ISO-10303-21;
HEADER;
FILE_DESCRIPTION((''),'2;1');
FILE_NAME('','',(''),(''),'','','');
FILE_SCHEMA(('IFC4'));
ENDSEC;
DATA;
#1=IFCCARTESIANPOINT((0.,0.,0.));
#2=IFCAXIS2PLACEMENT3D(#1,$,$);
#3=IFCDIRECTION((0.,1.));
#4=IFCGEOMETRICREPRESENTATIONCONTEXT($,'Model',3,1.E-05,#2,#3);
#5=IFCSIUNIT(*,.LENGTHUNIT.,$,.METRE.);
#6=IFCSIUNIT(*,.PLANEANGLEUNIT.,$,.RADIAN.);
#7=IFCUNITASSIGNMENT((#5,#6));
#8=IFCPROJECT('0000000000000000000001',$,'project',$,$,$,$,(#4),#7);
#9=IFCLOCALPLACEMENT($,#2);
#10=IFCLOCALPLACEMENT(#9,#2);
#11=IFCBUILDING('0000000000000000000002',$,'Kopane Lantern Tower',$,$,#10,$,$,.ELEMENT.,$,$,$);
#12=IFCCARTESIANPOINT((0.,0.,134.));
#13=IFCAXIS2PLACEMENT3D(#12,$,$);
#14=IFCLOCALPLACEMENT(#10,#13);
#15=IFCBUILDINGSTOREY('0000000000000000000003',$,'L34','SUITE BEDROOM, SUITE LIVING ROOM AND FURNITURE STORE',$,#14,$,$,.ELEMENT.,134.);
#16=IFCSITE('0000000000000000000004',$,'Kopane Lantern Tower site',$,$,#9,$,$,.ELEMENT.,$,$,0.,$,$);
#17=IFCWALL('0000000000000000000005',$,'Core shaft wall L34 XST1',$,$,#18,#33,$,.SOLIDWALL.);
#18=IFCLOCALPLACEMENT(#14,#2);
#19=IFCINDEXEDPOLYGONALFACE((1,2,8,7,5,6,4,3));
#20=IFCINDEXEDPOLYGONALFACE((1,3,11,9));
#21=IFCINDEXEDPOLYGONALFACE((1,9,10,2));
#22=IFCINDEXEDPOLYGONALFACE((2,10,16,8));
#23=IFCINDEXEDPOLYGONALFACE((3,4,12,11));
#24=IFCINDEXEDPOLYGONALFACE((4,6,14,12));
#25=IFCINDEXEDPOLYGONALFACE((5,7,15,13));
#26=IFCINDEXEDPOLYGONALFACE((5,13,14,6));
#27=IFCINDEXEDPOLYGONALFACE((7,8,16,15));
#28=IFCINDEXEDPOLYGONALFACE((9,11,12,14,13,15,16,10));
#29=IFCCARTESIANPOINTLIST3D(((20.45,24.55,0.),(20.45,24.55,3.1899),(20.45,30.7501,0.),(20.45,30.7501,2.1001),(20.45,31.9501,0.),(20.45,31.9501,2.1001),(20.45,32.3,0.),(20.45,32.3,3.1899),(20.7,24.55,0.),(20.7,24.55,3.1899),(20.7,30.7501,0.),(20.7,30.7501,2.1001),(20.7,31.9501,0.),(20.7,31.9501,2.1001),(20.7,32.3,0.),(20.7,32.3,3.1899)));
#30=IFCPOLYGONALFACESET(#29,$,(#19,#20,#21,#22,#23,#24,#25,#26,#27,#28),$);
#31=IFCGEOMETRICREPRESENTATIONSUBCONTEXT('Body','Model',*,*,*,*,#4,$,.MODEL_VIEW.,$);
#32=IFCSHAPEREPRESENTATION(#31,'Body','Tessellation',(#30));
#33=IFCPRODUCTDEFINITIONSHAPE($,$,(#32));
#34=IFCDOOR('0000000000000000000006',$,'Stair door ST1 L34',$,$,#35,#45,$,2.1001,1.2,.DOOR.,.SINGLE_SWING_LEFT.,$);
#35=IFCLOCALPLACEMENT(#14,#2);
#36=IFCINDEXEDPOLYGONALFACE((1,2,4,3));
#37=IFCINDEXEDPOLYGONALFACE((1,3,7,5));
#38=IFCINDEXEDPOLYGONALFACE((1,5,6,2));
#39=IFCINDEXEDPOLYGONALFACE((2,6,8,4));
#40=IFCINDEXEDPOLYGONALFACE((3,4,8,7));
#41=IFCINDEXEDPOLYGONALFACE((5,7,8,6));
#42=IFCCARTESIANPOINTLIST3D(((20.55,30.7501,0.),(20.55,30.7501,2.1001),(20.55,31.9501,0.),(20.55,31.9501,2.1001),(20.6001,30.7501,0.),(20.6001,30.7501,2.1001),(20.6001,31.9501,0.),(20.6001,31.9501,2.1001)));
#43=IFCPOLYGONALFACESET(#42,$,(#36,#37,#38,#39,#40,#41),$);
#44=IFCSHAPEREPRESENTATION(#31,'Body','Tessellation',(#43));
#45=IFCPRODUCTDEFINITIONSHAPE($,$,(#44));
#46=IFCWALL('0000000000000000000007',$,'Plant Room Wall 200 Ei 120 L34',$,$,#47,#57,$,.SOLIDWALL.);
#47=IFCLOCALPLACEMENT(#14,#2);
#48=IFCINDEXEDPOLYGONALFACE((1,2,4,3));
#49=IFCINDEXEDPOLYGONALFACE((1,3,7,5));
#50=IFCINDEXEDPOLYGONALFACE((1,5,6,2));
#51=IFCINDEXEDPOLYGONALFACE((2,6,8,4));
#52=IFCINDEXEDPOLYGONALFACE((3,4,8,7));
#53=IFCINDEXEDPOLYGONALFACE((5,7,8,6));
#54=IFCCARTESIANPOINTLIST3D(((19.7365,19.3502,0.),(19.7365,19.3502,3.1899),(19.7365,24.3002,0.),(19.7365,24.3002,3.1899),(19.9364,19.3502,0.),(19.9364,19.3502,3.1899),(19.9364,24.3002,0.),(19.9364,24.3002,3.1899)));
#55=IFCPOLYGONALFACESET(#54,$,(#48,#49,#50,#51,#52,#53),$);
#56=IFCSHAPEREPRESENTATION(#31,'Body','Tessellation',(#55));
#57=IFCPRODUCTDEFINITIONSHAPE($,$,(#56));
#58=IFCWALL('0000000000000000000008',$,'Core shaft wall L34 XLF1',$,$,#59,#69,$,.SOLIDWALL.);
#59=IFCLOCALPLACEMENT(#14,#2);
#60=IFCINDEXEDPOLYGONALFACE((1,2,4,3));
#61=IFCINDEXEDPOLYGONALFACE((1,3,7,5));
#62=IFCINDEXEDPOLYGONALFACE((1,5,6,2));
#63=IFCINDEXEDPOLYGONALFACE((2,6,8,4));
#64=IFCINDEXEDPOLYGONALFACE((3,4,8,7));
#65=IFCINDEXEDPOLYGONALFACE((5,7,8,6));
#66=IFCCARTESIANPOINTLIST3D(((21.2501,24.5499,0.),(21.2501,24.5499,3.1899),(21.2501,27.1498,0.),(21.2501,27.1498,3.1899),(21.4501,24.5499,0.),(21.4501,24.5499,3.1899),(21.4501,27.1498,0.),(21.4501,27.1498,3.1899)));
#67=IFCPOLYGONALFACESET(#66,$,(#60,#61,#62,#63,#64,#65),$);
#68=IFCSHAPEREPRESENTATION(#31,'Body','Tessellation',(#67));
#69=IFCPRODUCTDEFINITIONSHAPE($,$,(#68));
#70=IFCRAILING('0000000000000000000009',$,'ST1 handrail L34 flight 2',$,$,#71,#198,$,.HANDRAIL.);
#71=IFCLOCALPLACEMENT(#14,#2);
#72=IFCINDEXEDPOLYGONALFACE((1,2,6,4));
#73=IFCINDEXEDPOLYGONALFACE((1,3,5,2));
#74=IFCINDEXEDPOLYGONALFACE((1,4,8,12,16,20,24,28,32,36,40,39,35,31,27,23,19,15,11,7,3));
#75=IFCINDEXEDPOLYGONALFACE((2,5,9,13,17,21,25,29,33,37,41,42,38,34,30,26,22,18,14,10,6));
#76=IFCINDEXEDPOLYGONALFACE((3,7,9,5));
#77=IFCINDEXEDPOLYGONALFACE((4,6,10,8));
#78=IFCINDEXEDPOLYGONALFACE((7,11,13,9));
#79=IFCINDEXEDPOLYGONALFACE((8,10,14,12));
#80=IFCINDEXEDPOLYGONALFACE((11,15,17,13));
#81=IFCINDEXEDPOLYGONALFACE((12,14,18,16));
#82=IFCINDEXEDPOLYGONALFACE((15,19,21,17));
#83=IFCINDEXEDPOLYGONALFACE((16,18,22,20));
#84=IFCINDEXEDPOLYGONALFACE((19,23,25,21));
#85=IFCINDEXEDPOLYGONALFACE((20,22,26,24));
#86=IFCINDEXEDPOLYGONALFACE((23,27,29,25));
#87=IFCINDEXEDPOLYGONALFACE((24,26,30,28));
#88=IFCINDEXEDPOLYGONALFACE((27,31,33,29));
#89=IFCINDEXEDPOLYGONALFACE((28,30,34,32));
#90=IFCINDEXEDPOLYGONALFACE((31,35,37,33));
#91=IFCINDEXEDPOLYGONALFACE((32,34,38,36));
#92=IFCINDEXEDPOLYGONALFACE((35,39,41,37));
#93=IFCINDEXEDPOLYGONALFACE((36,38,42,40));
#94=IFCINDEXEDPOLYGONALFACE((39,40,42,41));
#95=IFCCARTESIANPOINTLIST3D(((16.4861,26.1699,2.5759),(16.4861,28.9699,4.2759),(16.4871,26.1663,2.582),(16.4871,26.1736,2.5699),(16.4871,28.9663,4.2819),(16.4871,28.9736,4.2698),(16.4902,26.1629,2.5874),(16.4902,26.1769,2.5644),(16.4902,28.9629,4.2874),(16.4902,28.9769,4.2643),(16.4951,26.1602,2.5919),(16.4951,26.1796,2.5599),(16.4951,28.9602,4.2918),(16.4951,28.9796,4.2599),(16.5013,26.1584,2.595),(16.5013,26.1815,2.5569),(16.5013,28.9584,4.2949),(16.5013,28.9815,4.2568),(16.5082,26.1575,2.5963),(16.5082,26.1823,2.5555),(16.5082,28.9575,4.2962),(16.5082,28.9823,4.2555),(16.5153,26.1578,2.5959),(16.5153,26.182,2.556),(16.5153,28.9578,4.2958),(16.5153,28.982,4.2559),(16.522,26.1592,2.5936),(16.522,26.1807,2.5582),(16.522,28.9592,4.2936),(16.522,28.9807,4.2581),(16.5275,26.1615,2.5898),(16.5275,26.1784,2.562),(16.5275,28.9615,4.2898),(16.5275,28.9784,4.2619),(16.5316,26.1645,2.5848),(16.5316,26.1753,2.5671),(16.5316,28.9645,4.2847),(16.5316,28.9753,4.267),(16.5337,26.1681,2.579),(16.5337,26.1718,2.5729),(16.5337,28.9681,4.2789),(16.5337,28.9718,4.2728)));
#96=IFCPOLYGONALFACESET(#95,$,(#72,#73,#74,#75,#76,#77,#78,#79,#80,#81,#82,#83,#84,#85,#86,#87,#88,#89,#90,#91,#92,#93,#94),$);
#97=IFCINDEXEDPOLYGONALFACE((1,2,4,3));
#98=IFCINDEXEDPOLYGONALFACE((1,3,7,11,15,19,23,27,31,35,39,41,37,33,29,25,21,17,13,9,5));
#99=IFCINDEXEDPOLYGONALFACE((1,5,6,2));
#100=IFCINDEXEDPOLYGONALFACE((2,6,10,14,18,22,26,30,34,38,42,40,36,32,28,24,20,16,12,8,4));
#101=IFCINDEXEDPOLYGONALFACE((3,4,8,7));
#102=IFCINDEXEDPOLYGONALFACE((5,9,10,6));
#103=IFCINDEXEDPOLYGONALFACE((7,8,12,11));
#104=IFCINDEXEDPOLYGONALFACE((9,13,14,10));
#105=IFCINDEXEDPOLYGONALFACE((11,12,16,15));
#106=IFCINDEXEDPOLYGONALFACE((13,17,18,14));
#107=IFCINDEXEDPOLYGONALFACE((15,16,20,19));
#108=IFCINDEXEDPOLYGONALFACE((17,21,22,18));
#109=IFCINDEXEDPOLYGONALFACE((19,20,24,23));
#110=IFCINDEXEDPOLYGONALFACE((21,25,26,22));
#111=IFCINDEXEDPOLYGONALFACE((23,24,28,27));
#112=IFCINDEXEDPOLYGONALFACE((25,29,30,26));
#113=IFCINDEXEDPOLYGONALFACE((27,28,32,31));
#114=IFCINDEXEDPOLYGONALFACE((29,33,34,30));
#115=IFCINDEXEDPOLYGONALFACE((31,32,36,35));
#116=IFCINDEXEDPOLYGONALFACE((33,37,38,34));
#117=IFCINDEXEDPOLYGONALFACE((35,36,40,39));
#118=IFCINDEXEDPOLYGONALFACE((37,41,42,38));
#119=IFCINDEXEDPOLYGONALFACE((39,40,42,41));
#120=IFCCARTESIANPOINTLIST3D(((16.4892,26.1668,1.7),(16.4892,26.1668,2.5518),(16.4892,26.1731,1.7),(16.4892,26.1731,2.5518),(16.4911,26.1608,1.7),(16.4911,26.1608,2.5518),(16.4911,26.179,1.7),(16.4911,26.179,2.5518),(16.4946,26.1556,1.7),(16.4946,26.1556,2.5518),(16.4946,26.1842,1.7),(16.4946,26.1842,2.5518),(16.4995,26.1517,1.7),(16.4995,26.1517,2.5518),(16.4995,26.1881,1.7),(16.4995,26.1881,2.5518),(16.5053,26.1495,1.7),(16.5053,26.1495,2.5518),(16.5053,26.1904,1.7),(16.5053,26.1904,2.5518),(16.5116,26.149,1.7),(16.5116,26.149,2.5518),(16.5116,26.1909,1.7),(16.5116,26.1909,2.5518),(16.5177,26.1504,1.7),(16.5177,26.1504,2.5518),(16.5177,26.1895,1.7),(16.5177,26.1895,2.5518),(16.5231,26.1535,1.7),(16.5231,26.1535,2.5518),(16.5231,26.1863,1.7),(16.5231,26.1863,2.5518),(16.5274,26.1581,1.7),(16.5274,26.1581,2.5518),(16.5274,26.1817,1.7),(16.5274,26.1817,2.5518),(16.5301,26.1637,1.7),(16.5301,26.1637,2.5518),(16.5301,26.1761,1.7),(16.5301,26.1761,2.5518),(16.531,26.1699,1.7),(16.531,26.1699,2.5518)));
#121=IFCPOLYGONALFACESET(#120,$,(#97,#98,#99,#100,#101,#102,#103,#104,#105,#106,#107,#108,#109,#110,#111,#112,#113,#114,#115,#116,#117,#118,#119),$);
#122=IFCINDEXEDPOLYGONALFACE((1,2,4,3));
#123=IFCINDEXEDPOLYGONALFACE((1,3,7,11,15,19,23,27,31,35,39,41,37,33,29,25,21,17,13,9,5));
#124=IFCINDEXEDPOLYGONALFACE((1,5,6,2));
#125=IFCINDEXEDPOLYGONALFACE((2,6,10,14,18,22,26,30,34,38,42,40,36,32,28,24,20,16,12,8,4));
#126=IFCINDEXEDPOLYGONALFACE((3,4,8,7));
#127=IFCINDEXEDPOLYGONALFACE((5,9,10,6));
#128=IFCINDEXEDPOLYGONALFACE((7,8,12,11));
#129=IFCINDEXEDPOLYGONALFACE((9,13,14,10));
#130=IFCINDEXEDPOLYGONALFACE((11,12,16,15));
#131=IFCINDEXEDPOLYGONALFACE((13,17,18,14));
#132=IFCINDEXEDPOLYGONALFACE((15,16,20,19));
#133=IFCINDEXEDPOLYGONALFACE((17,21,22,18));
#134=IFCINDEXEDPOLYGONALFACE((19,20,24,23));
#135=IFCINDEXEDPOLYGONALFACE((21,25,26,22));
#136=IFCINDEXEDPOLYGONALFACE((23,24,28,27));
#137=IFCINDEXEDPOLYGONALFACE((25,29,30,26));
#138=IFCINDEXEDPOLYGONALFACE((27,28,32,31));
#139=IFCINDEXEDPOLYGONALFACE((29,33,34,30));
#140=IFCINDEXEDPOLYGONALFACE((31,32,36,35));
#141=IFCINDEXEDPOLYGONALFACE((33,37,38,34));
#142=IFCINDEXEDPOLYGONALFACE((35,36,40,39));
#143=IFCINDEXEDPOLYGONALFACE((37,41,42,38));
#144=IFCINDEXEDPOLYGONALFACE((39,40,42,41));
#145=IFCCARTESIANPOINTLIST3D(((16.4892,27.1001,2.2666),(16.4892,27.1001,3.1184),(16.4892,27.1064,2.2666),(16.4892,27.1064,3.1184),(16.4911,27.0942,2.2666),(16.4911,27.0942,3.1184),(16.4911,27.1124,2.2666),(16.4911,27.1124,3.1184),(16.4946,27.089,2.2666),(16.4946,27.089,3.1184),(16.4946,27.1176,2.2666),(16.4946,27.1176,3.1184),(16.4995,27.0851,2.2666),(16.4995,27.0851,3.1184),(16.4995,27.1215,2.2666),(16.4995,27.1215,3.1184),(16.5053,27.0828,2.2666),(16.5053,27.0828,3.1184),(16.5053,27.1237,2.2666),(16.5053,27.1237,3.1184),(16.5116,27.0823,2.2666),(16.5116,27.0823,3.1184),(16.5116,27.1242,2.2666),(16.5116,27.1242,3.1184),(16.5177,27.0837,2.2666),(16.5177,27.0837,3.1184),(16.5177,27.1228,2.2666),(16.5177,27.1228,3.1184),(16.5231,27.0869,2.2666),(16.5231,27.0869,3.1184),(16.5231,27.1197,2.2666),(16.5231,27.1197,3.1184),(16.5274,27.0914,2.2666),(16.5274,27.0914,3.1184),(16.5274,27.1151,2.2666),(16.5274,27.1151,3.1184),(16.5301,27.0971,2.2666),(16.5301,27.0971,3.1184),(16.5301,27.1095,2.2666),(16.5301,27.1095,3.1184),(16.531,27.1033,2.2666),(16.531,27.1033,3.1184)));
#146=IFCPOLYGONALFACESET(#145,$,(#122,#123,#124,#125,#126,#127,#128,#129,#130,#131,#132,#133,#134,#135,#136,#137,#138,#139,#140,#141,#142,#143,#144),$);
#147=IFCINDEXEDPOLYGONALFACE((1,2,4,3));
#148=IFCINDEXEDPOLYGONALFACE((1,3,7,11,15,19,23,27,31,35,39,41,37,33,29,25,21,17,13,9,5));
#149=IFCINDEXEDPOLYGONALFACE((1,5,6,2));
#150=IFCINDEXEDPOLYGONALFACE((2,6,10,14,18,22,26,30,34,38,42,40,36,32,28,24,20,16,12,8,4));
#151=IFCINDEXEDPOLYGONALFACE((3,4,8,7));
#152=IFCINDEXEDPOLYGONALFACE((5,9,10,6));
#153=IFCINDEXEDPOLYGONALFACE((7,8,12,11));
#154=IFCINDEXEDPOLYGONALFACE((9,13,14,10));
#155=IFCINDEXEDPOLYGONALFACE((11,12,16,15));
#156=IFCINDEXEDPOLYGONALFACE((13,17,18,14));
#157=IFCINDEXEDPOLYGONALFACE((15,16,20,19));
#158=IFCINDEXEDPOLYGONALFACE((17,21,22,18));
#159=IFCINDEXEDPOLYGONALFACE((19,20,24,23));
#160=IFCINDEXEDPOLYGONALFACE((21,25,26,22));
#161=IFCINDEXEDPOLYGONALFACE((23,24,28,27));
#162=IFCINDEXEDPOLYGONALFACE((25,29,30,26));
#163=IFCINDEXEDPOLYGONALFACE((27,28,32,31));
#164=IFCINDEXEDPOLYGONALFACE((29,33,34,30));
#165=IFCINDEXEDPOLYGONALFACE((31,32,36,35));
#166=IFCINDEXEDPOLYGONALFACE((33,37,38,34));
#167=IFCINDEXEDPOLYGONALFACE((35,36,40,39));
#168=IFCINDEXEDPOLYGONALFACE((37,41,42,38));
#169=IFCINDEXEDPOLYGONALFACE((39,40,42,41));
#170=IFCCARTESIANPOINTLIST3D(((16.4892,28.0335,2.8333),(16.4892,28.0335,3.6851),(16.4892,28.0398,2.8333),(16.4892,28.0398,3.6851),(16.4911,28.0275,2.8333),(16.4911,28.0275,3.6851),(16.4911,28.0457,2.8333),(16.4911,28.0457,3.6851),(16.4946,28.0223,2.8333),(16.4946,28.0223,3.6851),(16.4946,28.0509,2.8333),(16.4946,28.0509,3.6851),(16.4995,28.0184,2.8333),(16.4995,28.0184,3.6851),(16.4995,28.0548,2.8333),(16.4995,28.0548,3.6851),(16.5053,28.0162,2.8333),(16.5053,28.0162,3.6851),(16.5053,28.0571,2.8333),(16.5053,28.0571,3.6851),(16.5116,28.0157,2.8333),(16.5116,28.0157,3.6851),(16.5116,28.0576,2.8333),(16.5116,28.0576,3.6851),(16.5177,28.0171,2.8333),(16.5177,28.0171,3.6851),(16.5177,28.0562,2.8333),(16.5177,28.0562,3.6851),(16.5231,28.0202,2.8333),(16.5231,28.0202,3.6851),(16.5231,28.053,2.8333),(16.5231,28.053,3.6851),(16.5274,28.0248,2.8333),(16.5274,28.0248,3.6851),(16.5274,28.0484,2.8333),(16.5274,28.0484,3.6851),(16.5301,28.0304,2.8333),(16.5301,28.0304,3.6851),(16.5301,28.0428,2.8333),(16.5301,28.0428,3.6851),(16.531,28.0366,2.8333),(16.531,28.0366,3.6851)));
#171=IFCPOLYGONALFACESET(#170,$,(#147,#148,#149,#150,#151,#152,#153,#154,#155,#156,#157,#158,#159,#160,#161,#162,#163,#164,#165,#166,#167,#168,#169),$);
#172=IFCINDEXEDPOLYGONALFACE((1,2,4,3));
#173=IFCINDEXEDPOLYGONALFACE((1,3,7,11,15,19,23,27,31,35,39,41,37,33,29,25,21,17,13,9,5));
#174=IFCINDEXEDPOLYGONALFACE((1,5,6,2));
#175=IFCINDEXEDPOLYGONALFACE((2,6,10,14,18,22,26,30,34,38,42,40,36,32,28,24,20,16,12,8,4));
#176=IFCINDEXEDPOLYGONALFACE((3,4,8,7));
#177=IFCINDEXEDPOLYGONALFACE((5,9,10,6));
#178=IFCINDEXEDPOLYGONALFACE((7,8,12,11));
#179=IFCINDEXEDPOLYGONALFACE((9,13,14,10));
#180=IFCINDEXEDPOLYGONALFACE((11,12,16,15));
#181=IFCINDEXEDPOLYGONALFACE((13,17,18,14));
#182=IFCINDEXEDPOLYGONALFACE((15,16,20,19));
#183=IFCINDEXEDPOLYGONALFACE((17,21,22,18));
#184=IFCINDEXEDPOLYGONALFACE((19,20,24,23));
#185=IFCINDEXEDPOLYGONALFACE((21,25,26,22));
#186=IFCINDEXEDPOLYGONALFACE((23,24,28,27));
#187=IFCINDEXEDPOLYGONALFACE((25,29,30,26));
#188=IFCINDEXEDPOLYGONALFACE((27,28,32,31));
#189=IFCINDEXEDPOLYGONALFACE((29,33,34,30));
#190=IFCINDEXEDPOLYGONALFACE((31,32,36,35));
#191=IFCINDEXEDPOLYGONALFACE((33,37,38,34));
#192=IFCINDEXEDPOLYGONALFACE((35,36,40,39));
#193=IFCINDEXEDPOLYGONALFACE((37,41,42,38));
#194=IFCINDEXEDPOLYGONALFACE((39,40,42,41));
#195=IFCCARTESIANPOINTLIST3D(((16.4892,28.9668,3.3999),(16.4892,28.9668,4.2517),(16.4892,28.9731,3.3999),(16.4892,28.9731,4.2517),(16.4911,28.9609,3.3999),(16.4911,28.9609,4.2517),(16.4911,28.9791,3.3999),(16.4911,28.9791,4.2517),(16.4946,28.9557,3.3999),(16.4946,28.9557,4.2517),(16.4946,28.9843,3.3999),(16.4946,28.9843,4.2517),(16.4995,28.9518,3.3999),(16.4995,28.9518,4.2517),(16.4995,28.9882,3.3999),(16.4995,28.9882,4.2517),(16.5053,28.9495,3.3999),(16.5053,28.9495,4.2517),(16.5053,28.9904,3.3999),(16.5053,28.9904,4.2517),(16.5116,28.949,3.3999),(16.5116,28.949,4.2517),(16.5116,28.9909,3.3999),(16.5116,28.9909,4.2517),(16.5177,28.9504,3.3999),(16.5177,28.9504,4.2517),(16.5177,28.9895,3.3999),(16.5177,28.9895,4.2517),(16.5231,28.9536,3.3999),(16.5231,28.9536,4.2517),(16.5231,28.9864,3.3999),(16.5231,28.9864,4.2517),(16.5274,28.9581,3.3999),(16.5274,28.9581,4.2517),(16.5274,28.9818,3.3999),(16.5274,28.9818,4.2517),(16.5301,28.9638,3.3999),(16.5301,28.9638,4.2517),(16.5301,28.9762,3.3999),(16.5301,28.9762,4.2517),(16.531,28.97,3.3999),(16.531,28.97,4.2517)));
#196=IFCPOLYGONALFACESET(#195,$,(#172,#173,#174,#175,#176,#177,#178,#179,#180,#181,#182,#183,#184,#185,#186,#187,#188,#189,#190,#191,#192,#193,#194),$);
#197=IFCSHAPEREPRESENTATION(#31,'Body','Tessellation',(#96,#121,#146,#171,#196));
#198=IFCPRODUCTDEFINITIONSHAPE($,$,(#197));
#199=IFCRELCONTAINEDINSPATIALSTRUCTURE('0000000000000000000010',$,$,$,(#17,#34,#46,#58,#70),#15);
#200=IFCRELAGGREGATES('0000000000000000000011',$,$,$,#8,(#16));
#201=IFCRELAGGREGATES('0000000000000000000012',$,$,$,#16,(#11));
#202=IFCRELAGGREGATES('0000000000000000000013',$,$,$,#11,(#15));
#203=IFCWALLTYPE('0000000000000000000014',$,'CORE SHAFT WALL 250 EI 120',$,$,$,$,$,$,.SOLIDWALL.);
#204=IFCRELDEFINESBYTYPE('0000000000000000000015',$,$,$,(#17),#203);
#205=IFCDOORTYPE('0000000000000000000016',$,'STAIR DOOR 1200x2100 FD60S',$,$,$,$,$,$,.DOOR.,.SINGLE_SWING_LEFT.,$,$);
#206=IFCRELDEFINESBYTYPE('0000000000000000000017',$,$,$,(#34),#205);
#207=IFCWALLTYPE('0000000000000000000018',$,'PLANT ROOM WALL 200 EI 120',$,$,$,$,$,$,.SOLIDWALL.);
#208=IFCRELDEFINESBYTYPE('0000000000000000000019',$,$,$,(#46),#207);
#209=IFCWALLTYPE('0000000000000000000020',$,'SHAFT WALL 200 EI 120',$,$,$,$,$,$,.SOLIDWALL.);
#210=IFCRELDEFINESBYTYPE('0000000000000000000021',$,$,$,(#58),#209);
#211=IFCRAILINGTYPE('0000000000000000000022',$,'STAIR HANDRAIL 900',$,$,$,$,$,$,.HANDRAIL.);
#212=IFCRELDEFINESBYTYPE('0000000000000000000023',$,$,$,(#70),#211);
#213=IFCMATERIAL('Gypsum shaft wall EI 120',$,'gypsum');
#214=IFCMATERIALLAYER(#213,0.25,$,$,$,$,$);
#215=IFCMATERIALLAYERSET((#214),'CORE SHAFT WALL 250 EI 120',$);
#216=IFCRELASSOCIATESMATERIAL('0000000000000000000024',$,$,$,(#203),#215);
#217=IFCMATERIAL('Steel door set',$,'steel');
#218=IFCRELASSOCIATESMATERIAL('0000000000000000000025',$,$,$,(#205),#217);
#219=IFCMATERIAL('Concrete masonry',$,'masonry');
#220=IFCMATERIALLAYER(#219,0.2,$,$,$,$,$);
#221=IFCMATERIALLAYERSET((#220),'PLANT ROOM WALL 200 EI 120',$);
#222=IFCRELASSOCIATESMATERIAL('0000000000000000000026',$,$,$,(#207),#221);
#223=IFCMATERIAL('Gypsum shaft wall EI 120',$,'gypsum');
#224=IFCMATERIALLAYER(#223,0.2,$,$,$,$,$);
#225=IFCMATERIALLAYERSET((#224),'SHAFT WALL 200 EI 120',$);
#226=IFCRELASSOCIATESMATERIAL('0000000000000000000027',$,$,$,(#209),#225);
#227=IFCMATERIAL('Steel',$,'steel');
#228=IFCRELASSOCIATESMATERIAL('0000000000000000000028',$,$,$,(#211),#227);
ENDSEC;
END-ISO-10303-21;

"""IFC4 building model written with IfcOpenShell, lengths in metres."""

from ifc_helpers import new_model, si_unit, direction, frame, frame_2d, origin, origin_2d, place, context, subcontext, project, spatial, rectangle, circle, extrude, material, layer, layer_set, type_object, element, fill, save


model = new_model("IFC4")

# Units and contexts
model_context = context("Model", 3, precision=1e-05, world=origin(), true_north=direction((0.0, 1.0)))
body_context = subcontext(model_context, "Body", "Model", "MODEL_VIEW")
ifc_project = project(units=[si_unit("LENGTHUNIT", "METRE"), si_unit("PLANEANGLEUNIT", "RADIAN")], contexts=[model_context])

# Site, building, storey
site_placement = place(None, origin())
site = spatial("IfcSite", under=ifc_project, at=site_placement, Name="Kopane Lantern Tower site", CompositionType="ELEMENT", RefElevation=0.0)
building_placement = place(site_placement, origin())
building = spatial("IfcBuilding", under=site, at=building_placement, Name="Kopane Lantern Tower", CompositionType="ELEMENT")
storey_placement = place(building_placement, frame((0.0, 0.0, 134.0)))
storey = spatial("IfcBuildingStorey", under=building, at=storey_placement, Name="L34", Description="SUITE BEDROOM, SUITE LIVING ROOM AND FURNITURE STORE", CompositionType="ELEMENT", Elevation=134.0)

# Wall, opening, door
ifc_material_1 = material(Name="Gypsum shaft wall EI 120", Category="gypsum")
ifc_layer_1 = layer(ifc_material_1, 0.25)
ifc_layer_set_1 = layer_set([ifc_layer_1], Name="CORE SHAFT WALL 250 EI 120")
wall_type_1 = type_object("IfcWallType", Name="CORE SHAFT WALL 250 EI 120", PredefinedType="SOLIDWALL", material=ifc_layer_set_1)
wall_1_placement = place(storey_placement, frame((20.575, 24.55, 0.0), z_axis=(0.0, 0.0, 1.0), x_axis=(0.0, 1.0, 0.0)))
wall_1 = element("IfcWall", 1, at=wall_1_placement, inside=storey, type_object=wall_type_1, Name="Core shaft wall L34 XST1", PredefinedType="SOLIDWALL", context=body_context, shape_type="SweptSolid", body=[
    extrude(rectangle(XDim=7.75, YDim=0.25, at=frame_2d((3.875, 0.0))), origin(), (0.0, 0.0, 1.0), 3.1899),
])
opening_1_placement = place(wall_1_placement, frame((6.2, 0.0, 0.0)))
opening_1 = element("IfcOpeningElement", 2, at=opening_1_placement, cuts=wall_1, PredefinedType="OPENING", context=body_context, shape_type="SweptSolid", body=[
    extrude(rectangle(XDim=1.2, YDim=2.1001, at=frame_2d((0.6001, 1.05))), frame((0.0, 0.135, 0.0), z_axis=(0.0, -1.0, 0.0), x_axis=(1.0, 0.0, 0.0)), (0.0, 0.0, 1.0), 0.27),
])
ifc_material_2 = material(Name="Steel door set", Category="steel")
door_type_1 = type_object("IfcDoorType", Name="STAIR DOOR 1200x2100 FD60S", OperationType="SINGLE_SWING_LEFT", PredefinedType="DOOR", material=ifc_material_2)
door_1_placement = place(opening_1_placement, origin())
door_1 = element("IfcDoor", 3, at=door_1_placement, inside=storey, type_object=door_type_1, Name="Stair door ST1 L34", OperationType="SINGLE_SWING_LEFT", OverallHeight=2.1001, OverallWidth=1.2, PredefinedType="DOOR", context=body_context, shape_type="SweptSolid", body=[
    extrude(rectangle(XDim=1.2, YDim=2.1001, at=frame_2d((0.6001, 1.05))), frame((0.0, 0.0249, 0.0), z_axis=(0.0, -1.0, 0.0), x_axis=(1.0, 0.0, 0.0)), (0.0, 0.0, 1.0), 0.05),
])
fill(opening_1, door_1)

# Walls
ifc_material_3 = material(Name="Concrete masonry", Category="masonry")
ifc_layer_2 = layer(ifc_material_3, 0.2)
ifc_layer_set_2 = layer_set([ifc_layer_2], Name="PLANT ROOM WALL 200 EI 120")
wall_type_2 = type_object("IfcWallType", Name="PLANT ROOM WALL 200 EI 120", PredefinedType="SOLIDWALL", material=ifc_layer_set_2)
wall_2_placement = place(storey_placement, frame((19.8364, 19.3501, 0.0), z_axis=(0.0, 0.0, 1.0), x_axis=(0.0, 1.0, 0.0)))
element("IfcWall", 4, at=wall_2_placement, inside=storey, type_object=wall_type_2, Name="Plant Room Wall 200 Ei 120 L34", PredefinedType="SOLIDWALL", context=body_context, shape_type="SweptSolid", body=[
    extrude(rectangle(XDim=4.95, YDim=0.2, at=frame_2d((2.4751, 0.0))), origin(), (0.0, 0.0, 1.0), 3.1899),
])
ifc_material_4 = material(Name="Gypsum shaft wall EI 120", Category="gypsum")
ifc_layer_3 = layer(ifc_material_4, 0.2)
ifc_layer_set_3 = layer_set([ifc_layer_3], Name="SHAFT WALL 200 EI 120")
wall_type_3 = type_object("IfcWallType", Name="SHAFT WALL 200 EI 120", PredefinedType="SOLIDWALL", material=ifc_layer_set_3)
wall_3_placement = place(storey_placement, frame((21.3501, 24.55, 0.0), z_axis=(0.0, 0.0, 1.0), x_axis=(0.0, 1.0, 0.0)))
element("IfcWall", 5, at=wall_3_placement, inside=storey, type_object=wall_type_3, Name="Core shaft wall L34 XLF1", PredefinedType="SOLIDWALL", context=body_context, shape_type="SweptSolid", body=[
    extrude(rectangle(XDim=2.5999, YDim=0.2, at=frame_2d((1.2998, 0.0))), origin(), (0.0, 0.0, 1.0), 3.1899),
])

# Railing
ifc_material_5 = material(Name="Steel", Category="steel")
railing_type_1 = type_object("IfcRailingType", Name="STAIR HANDRAIL 900", PredefinedType="HANDRAIL", material=ifc_material_5)
for number, where, name in (
    (6, (16.51, 26.1699, 1.7), "ST1 handrail L34 flight 2"),
):
    element("IfcRailing", number, at=place(storey_placement, frame(where)), inside=storey, type_object=railing_type_1, Name=name, PredefinedType="HANDRAIL", context=body_context, shape_type="SweptSolid", body=[
        extrude(circle(Radius=0.0239, at=origin_2d()), frame((0.0, 0.0, 0.876), z_axis=(0.0, 0.854798, 0.518961), x_axis=(-1.0, 0.0, 0.0)), (0.0, 0.0, 1.0), 3.2756),
        extrude(circle(Radius=0.021, at=origin_2d()), origin(), (0.0, 0.0, 1.0), 0.8518),
        extrude(circle(Radius=0.021, at=origin_2d()), frame((0.0, 0.9333, 0.5667)), (0.0, 0.0, 1.0), 0.8518),
        extrude(circle(Radius=0.021, at=origin_2d()), frame((0.0, 1.8667, 1.1333)), (0.0, 0.0, 1.0), 0.8518),
        extrude(circle(Radius=0.021, at=origin_2d()), frame((0.0, 2.8, 1.7)), (0.0, 0.0, 1.0), 0.8518),
    ])

save(model, "model.ifc")
